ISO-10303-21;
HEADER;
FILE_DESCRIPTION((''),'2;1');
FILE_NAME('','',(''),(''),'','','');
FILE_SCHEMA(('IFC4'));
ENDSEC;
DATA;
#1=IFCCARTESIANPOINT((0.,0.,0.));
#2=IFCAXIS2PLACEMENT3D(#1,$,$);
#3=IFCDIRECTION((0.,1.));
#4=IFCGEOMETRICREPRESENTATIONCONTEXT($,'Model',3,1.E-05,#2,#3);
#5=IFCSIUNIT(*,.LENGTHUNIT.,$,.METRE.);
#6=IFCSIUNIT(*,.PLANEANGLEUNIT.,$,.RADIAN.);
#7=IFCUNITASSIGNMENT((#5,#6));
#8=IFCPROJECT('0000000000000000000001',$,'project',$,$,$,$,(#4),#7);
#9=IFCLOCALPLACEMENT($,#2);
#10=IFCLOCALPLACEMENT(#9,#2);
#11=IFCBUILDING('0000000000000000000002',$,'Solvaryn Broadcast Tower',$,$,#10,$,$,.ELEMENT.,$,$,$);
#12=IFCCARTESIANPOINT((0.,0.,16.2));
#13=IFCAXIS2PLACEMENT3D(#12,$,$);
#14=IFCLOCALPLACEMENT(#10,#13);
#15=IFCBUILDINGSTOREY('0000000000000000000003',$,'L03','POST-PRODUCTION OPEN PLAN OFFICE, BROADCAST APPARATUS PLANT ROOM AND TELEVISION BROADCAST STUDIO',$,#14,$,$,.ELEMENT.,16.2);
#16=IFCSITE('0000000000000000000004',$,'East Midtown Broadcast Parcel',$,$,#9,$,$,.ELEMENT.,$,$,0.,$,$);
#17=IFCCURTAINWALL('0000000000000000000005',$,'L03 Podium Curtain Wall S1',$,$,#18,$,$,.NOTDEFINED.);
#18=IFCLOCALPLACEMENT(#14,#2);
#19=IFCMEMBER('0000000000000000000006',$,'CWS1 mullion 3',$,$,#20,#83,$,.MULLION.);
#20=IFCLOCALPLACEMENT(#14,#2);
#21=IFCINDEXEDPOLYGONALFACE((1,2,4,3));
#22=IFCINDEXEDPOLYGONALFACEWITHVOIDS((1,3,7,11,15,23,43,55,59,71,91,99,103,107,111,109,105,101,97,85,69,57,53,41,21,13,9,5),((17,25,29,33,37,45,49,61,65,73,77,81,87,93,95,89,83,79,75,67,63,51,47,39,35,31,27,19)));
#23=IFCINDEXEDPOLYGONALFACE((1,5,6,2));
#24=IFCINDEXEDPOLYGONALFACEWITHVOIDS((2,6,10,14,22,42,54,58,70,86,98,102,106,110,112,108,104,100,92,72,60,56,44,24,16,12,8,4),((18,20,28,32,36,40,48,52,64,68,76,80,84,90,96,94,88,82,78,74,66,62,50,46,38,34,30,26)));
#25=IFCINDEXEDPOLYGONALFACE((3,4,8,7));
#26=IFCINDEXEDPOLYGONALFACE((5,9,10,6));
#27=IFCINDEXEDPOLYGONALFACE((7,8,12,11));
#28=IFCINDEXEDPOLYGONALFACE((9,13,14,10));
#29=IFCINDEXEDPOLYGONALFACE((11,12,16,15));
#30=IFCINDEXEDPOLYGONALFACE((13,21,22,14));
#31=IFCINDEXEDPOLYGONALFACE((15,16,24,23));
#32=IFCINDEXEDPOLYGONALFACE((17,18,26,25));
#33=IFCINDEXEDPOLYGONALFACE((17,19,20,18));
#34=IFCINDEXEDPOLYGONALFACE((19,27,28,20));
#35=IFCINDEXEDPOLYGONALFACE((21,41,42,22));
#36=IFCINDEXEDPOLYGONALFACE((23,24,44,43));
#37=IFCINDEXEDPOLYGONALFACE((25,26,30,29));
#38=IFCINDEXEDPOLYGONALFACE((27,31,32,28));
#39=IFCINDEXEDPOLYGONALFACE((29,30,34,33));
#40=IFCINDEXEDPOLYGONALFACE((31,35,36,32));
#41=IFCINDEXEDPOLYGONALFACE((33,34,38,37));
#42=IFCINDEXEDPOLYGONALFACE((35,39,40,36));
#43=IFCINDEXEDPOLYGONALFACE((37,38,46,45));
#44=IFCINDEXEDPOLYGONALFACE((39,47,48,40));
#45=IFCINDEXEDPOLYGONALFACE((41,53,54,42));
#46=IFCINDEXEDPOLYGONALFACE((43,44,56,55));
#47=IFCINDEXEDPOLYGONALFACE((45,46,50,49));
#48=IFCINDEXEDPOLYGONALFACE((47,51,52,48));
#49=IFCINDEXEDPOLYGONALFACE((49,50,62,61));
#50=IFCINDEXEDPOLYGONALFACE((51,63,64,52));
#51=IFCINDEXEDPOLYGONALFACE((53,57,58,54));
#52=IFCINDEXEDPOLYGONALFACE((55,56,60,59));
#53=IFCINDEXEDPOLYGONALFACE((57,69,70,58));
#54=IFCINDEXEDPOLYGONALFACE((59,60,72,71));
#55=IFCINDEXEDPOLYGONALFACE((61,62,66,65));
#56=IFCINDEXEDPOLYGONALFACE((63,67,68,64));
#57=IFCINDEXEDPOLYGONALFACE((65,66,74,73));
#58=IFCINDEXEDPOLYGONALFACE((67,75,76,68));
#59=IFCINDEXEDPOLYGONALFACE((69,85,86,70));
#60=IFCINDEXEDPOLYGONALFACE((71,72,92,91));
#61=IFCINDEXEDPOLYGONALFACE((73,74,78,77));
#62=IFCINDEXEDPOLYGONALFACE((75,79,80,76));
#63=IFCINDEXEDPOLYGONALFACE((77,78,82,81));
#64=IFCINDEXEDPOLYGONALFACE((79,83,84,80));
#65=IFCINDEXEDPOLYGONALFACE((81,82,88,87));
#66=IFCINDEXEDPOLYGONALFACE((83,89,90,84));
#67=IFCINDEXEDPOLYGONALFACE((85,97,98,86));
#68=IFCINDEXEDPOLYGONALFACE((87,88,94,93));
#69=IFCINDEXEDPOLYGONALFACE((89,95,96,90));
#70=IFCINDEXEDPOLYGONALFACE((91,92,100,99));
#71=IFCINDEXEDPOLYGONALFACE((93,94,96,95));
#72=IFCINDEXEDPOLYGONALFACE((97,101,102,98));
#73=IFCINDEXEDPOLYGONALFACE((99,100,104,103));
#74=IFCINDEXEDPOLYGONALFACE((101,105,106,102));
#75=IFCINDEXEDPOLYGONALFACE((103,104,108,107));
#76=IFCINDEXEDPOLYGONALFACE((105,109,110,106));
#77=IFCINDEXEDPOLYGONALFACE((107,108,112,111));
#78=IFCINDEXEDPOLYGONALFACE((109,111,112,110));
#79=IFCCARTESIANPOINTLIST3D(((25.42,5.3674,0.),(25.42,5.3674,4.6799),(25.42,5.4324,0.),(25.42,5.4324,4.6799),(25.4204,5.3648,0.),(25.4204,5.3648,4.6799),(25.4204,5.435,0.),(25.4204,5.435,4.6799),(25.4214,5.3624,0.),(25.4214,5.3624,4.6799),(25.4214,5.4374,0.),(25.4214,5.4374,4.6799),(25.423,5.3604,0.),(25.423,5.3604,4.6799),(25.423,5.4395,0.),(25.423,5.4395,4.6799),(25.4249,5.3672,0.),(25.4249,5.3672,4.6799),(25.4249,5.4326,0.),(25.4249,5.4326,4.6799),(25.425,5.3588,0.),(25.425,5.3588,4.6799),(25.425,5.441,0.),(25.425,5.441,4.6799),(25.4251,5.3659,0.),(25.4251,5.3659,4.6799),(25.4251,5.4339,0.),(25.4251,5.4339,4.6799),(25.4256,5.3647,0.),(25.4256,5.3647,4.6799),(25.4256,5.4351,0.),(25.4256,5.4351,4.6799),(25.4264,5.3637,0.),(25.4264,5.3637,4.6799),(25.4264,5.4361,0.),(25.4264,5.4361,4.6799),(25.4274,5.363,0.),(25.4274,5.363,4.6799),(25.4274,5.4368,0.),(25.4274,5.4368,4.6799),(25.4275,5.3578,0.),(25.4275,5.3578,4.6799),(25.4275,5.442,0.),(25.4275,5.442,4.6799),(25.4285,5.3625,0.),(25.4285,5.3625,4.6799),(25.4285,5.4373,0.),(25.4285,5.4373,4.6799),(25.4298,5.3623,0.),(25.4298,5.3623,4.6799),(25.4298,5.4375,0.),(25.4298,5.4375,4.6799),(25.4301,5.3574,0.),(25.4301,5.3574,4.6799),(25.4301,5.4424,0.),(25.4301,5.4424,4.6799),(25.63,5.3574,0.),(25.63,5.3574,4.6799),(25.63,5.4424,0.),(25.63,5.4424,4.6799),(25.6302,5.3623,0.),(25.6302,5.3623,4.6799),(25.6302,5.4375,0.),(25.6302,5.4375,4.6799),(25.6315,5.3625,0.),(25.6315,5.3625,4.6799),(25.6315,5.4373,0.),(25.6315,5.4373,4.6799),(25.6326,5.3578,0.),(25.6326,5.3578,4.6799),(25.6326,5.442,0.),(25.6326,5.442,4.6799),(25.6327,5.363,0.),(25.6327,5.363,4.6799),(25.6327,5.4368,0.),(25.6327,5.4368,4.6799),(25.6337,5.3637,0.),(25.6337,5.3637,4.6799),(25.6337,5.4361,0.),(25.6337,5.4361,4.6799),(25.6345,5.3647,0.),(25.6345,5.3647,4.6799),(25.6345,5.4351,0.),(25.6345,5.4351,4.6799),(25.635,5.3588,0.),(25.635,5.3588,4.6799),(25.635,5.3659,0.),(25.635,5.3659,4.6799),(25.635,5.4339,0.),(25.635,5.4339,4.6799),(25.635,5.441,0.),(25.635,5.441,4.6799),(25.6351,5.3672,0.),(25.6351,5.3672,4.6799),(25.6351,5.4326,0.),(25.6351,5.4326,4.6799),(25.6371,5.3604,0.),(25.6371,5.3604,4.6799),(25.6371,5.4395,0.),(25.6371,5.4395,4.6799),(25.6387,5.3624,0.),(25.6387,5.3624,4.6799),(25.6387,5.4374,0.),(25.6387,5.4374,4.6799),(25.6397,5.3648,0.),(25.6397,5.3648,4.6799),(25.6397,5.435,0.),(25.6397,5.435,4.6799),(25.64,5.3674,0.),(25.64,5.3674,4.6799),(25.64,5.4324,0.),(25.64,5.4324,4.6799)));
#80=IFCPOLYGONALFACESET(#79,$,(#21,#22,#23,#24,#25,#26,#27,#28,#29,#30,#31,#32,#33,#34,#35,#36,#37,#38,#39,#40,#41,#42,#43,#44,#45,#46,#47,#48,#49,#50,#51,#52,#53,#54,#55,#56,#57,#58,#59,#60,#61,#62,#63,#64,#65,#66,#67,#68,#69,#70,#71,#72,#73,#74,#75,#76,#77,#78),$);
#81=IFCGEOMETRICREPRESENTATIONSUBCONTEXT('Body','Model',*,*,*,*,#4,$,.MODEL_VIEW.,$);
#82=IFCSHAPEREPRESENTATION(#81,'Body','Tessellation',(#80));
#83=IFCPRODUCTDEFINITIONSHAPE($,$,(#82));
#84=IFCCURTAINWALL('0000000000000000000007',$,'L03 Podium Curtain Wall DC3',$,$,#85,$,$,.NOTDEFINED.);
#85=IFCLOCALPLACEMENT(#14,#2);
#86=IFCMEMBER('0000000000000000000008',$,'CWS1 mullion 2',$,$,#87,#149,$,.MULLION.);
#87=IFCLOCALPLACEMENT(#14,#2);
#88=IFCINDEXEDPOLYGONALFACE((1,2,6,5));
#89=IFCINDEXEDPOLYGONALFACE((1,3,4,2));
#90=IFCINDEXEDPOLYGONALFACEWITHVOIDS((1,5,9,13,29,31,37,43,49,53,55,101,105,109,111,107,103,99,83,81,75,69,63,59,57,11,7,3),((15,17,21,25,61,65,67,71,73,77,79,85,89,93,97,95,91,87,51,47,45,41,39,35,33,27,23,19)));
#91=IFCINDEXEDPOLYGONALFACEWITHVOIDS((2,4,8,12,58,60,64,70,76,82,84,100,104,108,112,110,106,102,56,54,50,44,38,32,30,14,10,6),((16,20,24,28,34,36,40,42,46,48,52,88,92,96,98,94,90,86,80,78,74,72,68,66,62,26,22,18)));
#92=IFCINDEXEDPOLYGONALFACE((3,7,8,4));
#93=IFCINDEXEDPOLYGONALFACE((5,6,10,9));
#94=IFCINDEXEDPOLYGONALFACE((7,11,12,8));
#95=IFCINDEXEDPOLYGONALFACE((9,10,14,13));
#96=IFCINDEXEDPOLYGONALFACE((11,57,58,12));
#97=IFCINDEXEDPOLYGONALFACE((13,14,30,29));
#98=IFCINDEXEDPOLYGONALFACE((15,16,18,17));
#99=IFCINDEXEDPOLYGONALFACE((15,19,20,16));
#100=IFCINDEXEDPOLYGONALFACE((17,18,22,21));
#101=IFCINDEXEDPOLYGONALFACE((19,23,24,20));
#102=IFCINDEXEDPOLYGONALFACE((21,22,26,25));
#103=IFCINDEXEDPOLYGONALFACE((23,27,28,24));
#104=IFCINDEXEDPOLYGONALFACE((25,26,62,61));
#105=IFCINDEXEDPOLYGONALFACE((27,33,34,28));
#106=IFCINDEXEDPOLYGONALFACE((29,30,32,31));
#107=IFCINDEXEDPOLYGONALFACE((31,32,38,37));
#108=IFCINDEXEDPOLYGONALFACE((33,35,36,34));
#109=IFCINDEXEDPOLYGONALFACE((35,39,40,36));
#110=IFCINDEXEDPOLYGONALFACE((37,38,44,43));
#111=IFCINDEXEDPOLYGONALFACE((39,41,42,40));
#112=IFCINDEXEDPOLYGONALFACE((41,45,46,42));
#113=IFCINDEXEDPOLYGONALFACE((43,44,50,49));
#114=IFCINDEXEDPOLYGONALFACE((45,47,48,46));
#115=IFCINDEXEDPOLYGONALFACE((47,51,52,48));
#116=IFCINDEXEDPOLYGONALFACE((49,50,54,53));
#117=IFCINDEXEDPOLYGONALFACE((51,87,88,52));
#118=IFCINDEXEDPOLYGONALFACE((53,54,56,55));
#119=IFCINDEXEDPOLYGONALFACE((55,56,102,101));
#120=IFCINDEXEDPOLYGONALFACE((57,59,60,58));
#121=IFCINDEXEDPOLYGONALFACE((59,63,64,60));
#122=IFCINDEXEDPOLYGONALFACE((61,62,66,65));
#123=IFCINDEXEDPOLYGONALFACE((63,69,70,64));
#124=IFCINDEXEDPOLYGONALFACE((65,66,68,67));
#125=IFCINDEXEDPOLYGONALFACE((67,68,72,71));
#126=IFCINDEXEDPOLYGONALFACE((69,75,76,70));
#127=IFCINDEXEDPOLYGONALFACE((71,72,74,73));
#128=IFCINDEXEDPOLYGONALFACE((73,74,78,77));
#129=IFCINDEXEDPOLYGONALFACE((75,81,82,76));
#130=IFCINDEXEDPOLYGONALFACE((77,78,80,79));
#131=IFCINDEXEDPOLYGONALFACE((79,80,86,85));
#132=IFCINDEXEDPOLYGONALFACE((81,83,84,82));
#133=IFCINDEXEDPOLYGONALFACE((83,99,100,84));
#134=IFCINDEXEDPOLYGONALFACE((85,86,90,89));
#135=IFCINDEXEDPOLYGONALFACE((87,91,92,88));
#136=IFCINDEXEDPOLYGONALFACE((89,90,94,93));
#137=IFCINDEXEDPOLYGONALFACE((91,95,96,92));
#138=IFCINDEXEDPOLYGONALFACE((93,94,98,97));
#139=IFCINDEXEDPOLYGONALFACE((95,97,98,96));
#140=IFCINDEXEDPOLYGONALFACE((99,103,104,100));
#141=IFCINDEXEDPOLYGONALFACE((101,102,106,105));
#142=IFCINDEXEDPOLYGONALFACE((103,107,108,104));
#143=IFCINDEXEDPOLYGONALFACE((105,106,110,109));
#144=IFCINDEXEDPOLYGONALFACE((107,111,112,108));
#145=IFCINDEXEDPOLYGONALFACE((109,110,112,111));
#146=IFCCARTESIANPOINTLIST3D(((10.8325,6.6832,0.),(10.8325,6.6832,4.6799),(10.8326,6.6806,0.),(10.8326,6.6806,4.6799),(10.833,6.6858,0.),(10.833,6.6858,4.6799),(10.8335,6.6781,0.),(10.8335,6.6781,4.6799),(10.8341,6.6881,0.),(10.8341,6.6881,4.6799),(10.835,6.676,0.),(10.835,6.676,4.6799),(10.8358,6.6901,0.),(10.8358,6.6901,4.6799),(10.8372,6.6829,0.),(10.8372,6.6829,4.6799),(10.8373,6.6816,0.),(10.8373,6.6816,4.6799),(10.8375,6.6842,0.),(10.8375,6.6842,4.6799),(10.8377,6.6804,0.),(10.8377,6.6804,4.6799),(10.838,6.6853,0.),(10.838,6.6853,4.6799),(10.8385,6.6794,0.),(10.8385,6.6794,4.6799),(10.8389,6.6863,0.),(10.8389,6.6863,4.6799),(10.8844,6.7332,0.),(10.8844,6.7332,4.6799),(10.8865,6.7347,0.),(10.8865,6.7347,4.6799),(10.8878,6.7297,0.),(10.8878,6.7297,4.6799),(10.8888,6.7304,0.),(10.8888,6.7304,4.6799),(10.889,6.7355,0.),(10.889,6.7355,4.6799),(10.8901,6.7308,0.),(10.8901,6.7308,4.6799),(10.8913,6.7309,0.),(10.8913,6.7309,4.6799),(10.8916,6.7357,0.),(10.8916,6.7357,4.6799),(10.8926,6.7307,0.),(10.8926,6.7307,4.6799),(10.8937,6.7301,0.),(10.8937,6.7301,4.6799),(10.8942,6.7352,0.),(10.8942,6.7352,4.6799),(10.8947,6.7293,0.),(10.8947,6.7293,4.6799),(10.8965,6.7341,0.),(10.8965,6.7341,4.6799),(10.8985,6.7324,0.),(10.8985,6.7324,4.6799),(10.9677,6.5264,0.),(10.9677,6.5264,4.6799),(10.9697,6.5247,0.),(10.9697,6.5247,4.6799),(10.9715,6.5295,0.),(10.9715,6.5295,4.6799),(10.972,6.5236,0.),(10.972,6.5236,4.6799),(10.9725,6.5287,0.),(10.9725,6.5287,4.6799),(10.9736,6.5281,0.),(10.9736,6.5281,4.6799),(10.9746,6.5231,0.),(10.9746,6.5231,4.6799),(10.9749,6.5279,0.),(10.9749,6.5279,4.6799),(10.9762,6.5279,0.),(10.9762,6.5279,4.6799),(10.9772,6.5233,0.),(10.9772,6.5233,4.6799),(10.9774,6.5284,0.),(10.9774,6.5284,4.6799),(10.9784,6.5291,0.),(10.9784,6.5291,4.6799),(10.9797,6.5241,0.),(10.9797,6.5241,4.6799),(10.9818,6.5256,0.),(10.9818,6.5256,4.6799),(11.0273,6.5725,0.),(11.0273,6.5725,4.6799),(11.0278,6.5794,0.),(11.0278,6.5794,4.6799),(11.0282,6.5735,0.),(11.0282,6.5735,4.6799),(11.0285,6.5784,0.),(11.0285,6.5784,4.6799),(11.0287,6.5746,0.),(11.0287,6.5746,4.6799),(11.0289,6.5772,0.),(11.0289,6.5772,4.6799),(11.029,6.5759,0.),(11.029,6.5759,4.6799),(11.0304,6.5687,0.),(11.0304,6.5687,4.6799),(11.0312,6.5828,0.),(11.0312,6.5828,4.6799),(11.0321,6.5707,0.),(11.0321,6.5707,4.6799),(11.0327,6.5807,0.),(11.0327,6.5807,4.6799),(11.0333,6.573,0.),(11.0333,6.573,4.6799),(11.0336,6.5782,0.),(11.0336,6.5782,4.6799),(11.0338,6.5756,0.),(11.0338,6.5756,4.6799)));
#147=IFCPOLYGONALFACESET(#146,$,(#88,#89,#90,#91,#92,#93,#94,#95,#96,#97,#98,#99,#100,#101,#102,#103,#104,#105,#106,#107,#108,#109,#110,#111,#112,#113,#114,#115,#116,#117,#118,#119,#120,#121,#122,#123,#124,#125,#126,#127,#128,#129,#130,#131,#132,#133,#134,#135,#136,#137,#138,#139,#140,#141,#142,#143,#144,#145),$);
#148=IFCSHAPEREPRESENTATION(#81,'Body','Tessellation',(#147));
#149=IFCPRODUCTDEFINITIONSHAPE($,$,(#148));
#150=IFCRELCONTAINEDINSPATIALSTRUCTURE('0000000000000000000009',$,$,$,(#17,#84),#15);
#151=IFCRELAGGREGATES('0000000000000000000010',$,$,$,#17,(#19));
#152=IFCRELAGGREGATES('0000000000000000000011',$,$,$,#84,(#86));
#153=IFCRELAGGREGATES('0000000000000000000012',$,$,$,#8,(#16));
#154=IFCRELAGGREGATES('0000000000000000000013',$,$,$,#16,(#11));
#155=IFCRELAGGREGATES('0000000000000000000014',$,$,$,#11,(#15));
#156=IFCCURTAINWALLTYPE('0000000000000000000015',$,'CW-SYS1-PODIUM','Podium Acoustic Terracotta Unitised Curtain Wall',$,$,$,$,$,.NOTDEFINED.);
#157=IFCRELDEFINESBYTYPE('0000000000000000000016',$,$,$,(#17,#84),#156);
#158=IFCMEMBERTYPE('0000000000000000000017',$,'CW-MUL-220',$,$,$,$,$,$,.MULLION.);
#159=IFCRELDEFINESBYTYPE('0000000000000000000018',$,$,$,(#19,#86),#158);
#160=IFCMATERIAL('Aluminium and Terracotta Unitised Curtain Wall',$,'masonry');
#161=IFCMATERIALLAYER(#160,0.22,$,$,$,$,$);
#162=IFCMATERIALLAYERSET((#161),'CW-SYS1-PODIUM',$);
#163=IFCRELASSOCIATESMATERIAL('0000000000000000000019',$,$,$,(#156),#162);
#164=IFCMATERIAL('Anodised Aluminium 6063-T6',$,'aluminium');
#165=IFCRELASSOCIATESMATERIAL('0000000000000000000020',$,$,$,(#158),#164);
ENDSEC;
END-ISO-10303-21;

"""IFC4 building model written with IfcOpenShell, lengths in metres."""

from ifc_helpers import new_model, si_unit, direction, frame, origin, origin_2d, place, context, subcontext, project, spatial, hollow_rectangle, extrude, material, layer, layer_set, material_profile, profile_set, type_object, element, aggregate, save


model = new_model("IFC4")

# Units and contexts
model_context = context("Model", 3, precision=1e-05, world=origin(), true_north=direction((0.0, 1.0)))
body_context = subcontext(model_context, "Body", "Model", "MODEL_VIEW")
ifc_project = project(units=[si_unit("LENGTHUNIT", "METRE"), si_unit("PLANEANGLEUNIT", "RADIAN")], contexts=[model_context])

# Site, building, storey
site_placement = place(None, origin())
site = spatial("IfcSite", under=ifc_project, at=site_placement, Name="East Midtown Broadcast Parcel", CompositionType="ELEMENT", RefElevation=0.0)
building_placement = place(site_placement, origin())
building = spatial("IfcBuilding", under=site, at=building_placement, Name="Solvaryn Broadcast Tower", CompositionType="ELEMENT")
storey_placement = place(building_placement, frame((0.0, 0.0, 16.2)))
storey = spatial("IfcBuildingStorey", under=building, at=storey_placement, Name="L03", Description="POST-PRODUCTION OPEN PLAN OFFICE, BROADCAST APPARATUS PLANT ROOM AND TELEVISION BROADCAST STUDIO", CompositionType="ELEMENT", Elevation=16.2)

# Curtain walls, members
ifc_material_1 = material(Name="Aluminium and Terracotta Unitised Curtain Wall", Category="masonry")
ifc_layer_1 = layer(ifc_material_1, 0.22)
ifc_layer_set_1 = layer_set([ifc_layer_1], Name="CW-SYS1-PODIUM")
curtain_wall_type = type_object("IfcCurtainWallType", Name="CW-SYS1-PODIUM", Description="Podium Acoustic Terracotta Unitised Curtain Wall", PredefinedType="NOTDEFINED", material=ifc_layer_set_1)
curtain_wall_1_placement = place(storey_placement, origin())
curtain_wall_1 = element("IfcCurtainWall", 1, at=curtain_wall_1_placement, inside=storey, type_object=curtain_wall_type, Name="L03 Podium Curtain Wall S1", PredefinedType="NOTDEFINED")
ifc_material_2 = material(Name="Anodised Aluminium 6063-T6", Category="aluminium")
ifc_material_profile_1 = material_profile(ifc_material_2, hollow_rectangle(XDim=0.085, YDim=0.22, WallThickness=0.0049, InnerFilletRadius=0.0049, OuterFilletRadius=0.01, at=origin_2d()))
ifc_profile_set_1 = profile_set([ifc_material_profile_1], Name="Anodised Aluminium 6063-T6")
member_type_1 = type_object("IfcMemberType", Name="CW-MUL-220", PredefinedType="MULLION", material=ifc_profile_set_1)
member_1_placement = place(storey_placement, frame((25.53, 5.3999, 0.0), z_axis=(0.0, 0.0, 1.0), x_axis=(0.0, -1.0, 0.0)))
member_1 = element("IfcMember", 2, at=member_1_placement, type_object=member_type_1, Name="CWS1 mullion 3", PredefinedType="MULLION", context=body_context, shape_type="SweptSolid", body=[
    extrude(hollow_rectangle(XDim=0.085, YDim=0.22, WallThickness=0.0049, InnerFilletRadius=0.0049, OuterFilletRadius=0.01, at=origin_2d()), origin(), (0.0, 0.0, 1.0), 4.6799),
])
aggregate(curtain_wall_1, [member_1])
curtain_wall_2_placement = place(storey_placement, origin())
curtain_wall_2 = element("IfcCurtainWall", 3, at=curtain_wall_2_placement, inside=storey, type_object=curtain_wall_type, Name="L03 Podium Curtain Wall DC3", PredefinedType="NOTDEFINED")
member_2_placement = place(storey_placement, frame((10.9331, 6.6294, 0.0), z_axis=(0.0, 0.0, 1.0), x_axis=(0.747809, 0.663914, 0.0)))
member_2 = element("IfcMember", 4, at=member_2_placement, type_object=member_type_1, Name="CWS1 mullion 2", PredefinedType="MULLION", context=body_context, shape_type="SweptSolid", body=[
    extrude(hollow_rectangle(XDim=0.085, YDim=0.22, WallThickness=0.0049, InnerFilletRadius=0.0049, OuterFilletRadius=0.01, at=origin_2d()), origin(), (0.0, 0.0, 1.0), 4.6799),
])
aggregate(curtain_wall_2, [member_2])

save(model, "model.ifc")
